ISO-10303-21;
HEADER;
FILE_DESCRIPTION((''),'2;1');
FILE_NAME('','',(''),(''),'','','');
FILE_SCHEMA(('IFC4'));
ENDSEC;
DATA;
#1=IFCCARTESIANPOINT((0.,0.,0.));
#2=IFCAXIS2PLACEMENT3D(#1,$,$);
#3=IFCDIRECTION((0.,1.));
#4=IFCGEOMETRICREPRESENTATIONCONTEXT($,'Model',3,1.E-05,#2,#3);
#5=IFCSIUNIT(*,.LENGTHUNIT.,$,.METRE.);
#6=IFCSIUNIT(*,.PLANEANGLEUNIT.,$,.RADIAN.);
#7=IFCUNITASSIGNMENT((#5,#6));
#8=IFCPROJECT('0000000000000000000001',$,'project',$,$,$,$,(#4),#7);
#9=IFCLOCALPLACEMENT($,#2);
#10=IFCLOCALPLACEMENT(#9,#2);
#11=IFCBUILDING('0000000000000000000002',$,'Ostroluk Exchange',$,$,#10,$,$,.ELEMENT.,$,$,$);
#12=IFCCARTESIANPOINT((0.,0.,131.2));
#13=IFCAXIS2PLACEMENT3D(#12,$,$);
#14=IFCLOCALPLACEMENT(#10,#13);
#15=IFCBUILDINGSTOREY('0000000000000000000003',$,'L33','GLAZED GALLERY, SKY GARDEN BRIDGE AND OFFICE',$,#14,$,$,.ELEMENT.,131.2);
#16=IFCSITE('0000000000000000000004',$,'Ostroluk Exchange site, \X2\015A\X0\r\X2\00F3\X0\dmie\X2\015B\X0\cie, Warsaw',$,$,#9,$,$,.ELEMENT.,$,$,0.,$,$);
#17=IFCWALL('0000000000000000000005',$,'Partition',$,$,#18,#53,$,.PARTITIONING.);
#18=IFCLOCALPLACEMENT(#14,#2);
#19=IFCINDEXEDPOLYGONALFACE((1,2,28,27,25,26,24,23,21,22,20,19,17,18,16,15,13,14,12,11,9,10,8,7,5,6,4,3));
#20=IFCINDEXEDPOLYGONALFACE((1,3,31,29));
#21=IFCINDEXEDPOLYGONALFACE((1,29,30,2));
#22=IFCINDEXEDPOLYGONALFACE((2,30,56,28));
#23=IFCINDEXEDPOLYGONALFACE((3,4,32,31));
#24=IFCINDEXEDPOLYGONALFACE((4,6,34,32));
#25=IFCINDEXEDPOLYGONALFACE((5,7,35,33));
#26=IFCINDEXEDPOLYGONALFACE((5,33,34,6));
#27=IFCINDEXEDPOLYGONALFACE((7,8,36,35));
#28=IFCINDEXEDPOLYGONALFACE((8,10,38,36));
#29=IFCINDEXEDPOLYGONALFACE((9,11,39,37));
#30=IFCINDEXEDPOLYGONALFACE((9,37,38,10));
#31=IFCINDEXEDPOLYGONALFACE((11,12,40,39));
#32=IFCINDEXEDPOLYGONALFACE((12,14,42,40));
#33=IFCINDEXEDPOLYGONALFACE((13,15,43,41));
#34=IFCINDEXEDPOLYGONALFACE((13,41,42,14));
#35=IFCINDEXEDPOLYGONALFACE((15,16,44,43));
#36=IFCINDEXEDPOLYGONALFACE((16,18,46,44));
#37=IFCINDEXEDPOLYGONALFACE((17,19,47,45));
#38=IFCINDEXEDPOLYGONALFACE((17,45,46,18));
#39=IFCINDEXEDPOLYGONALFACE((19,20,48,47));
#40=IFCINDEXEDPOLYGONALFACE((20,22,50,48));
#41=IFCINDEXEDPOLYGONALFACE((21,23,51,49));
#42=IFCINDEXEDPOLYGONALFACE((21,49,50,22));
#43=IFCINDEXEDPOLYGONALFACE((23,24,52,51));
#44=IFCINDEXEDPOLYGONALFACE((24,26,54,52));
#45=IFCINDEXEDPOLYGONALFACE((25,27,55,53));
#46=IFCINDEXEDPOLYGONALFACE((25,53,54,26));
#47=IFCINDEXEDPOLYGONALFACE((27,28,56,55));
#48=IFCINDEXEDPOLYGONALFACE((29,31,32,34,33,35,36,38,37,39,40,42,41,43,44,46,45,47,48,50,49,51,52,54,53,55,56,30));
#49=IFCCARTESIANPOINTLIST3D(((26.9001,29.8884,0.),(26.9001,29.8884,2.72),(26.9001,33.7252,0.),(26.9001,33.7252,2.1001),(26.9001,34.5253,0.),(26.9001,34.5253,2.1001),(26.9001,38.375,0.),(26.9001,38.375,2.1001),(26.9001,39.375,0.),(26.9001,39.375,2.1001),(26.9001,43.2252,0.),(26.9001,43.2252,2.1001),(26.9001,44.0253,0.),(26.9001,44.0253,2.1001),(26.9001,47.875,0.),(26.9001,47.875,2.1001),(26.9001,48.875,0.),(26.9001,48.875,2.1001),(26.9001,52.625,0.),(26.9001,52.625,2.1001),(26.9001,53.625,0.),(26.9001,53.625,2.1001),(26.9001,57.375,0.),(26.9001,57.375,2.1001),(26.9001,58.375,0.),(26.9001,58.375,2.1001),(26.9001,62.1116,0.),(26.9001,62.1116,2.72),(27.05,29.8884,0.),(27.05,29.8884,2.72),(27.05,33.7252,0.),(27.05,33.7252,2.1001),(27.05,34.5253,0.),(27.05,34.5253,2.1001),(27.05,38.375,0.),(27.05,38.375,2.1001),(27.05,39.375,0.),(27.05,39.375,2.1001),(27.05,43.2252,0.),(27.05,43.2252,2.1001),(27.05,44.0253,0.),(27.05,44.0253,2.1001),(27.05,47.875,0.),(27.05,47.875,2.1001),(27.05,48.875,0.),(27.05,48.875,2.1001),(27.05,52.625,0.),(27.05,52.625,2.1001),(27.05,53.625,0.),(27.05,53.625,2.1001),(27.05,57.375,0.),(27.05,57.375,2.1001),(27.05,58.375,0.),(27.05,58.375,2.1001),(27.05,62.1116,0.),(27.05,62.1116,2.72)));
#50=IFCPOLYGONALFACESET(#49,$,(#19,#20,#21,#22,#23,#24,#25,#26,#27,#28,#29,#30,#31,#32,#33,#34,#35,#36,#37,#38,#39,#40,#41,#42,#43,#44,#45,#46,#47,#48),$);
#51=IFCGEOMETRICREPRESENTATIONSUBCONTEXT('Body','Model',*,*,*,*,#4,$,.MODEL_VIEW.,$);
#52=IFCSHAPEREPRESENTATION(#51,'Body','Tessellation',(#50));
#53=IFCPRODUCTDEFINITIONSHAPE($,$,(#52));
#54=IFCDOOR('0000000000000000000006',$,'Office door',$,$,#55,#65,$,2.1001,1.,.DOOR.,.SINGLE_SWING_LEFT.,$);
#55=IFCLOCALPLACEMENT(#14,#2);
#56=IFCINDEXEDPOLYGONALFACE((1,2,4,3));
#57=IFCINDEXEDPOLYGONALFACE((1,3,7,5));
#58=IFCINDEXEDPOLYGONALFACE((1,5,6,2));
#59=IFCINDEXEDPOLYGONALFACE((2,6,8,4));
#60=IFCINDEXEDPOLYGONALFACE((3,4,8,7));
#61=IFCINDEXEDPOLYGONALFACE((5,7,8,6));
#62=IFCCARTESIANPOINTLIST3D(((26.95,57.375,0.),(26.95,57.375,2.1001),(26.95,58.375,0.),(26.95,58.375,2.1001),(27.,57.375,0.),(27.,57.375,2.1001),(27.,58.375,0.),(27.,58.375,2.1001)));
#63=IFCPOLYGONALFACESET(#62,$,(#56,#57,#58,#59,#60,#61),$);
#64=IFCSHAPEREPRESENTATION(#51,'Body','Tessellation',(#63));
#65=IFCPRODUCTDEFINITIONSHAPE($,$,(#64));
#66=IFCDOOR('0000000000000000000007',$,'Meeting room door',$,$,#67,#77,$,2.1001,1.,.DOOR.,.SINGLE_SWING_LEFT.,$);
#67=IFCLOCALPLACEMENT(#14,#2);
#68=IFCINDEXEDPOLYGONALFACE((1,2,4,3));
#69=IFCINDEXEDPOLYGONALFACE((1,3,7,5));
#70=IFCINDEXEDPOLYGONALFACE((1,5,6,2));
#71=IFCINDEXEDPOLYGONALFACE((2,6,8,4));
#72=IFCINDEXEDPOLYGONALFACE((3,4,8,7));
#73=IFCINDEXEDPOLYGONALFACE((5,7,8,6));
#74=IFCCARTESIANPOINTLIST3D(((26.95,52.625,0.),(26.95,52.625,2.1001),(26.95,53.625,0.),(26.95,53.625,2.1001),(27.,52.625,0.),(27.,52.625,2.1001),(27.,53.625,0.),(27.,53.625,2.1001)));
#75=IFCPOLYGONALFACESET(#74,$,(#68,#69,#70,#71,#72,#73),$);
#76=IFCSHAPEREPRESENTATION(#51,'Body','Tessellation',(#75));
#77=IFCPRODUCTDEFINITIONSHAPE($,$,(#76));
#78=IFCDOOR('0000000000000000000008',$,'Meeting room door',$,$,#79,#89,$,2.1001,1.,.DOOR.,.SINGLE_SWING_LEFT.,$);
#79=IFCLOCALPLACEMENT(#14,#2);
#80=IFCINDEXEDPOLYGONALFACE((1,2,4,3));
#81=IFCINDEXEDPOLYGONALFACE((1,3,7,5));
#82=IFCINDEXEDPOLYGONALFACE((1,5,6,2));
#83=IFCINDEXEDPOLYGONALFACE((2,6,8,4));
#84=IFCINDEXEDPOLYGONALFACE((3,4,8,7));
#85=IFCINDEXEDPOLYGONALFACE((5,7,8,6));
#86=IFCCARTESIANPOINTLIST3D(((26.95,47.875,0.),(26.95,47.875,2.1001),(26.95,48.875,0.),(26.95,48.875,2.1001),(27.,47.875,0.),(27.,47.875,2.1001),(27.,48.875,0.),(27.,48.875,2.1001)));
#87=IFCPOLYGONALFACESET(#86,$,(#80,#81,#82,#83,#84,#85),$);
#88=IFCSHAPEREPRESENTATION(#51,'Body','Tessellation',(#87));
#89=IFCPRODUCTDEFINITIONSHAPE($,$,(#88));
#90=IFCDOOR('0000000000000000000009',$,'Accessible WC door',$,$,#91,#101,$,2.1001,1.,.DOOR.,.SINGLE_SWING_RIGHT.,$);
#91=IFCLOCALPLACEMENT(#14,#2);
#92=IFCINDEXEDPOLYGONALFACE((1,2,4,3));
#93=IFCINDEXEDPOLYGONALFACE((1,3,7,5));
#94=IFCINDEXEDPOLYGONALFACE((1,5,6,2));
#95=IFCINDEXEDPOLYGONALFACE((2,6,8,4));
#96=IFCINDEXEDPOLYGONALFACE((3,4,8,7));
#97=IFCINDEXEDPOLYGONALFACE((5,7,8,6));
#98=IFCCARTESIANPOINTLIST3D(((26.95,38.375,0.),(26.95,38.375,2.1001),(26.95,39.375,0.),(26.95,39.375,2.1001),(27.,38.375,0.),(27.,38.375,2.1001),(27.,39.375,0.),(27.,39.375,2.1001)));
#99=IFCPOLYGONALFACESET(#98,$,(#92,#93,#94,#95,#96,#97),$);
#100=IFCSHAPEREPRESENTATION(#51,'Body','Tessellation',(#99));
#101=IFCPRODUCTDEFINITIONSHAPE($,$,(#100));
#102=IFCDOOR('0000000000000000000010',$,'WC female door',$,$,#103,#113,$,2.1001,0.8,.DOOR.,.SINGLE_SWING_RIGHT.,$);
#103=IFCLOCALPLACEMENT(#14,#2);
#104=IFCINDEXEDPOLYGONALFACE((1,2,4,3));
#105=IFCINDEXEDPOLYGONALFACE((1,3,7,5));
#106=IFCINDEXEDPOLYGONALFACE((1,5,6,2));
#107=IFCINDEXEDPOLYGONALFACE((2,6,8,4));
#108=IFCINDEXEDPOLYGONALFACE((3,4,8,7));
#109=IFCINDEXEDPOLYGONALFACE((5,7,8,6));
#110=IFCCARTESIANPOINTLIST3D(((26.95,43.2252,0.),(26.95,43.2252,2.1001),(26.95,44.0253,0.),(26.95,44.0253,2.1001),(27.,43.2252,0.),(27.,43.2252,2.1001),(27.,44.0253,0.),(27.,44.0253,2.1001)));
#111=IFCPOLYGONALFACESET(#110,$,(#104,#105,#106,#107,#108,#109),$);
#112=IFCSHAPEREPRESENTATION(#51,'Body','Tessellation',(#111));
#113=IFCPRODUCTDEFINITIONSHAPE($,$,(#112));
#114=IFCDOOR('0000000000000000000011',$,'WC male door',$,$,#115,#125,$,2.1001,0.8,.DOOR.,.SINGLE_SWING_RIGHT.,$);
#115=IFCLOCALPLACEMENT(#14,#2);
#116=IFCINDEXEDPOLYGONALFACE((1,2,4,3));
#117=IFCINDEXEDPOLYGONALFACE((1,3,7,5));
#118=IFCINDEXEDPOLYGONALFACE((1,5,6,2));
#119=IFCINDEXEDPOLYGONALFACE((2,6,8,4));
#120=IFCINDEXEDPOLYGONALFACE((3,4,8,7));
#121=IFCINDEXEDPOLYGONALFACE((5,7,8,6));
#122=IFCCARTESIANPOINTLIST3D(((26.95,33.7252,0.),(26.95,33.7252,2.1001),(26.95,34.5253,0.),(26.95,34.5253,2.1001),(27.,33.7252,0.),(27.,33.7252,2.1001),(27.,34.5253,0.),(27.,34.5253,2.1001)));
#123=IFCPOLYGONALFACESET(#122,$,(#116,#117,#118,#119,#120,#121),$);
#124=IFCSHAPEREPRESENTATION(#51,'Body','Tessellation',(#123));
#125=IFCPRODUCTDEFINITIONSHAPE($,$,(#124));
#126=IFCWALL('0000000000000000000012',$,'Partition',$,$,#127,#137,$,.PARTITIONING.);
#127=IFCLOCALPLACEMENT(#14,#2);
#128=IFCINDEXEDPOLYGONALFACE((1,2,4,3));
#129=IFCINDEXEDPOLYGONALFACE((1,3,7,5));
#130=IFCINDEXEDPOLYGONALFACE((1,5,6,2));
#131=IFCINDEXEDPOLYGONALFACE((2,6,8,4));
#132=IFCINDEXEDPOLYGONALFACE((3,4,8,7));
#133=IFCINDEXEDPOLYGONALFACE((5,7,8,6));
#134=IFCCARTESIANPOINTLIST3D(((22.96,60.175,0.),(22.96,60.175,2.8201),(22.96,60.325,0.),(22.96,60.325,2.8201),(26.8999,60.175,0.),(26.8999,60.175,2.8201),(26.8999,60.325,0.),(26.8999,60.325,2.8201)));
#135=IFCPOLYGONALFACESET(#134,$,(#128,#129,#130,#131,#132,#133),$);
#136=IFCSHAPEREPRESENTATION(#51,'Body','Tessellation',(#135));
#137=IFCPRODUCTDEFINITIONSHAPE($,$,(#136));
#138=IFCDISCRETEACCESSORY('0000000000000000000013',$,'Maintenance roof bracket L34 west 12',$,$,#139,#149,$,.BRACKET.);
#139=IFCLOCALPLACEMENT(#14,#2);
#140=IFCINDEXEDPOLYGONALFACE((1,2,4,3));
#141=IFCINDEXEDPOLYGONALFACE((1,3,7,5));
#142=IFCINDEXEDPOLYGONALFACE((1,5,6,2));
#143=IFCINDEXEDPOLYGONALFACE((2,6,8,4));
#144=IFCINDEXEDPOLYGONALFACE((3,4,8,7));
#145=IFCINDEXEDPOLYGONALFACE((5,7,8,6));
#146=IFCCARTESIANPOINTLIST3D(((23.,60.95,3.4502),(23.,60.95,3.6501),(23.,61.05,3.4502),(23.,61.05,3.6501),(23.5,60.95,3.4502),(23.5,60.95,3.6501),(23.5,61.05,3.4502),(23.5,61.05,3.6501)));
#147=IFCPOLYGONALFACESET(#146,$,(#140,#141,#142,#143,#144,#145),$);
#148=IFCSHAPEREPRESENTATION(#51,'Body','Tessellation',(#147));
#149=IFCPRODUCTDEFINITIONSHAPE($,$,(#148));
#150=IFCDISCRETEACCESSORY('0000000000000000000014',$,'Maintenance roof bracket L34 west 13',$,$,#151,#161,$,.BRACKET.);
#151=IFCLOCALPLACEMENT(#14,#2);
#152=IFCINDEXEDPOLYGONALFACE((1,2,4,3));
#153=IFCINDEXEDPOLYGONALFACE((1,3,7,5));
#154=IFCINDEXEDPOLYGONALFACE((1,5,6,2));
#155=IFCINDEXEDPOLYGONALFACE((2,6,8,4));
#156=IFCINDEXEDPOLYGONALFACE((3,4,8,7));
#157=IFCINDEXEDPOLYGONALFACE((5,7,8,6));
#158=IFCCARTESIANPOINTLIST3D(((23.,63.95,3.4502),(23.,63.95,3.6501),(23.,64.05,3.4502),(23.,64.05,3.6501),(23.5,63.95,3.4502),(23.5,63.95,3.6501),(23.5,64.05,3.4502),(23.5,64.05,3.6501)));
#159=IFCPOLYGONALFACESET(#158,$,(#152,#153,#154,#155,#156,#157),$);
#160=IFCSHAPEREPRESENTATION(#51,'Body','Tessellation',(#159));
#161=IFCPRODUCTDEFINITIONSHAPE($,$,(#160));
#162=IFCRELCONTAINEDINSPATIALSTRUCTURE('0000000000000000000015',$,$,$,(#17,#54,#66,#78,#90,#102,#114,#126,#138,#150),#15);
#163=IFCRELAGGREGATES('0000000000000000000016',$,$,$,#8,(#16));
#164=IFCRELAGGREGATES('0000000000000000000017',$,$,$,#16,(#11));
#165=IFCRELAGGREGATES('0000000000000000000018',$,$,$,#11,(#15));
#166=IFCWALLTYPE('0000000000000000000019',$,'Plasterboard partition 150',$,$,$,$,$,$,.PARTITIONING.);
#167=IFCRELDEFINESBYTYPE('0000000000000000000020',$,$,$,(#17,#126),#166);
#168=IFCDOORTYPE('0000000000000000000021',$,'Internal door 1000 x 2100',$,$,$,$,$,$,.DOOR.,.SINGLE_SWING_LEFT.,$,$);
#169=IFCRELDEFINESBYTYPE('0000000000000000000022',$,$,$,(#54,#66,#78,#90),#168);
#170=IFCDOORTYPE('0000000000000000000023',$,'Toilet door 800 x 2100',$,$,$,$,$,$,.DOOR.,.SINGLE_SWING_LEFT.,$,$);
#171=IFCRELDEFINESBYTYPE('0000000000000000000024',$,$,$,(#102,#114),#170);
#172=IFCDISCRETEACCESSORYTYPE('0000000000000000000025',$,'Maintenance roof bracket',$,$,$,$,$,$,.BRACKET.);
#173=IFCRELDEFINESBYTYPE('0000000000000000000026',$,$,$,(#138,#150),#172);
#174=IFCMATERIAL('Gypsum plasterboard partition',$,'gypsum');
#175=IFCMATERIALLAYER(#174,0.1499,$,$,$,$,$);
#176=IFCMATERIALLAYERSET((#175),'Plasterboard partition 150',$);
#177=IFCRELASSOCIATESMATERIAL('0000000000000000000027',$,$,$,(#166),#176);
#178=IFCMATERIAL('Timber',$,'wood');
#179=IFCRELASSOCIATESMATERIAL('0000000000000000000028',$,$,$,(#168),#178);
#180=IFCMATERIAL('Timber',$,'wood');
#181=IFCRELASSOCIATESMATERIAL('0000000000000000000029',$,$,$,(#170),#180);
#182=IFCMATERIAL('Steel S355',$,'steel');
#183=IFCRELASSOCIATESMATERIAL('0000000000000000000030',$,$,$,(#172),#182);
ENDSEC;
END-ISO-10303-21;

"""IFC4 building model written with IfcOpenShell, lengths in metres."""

from ifc_helpers import new_model, si_unit, direction, frame, frame_2d, origin, origin_2d, place, context, subcontext, project, spatial, rectangle, extrude, material, layer, layer_set, type_object, element, fill, save


model = new_model("IFC4")

# Units and contexts
model_context = context("Model", 3, precision=1e-05, world=origin(), true_north=direction((0.0, 1.0)))
body_context = subcontext(model_context, "Body", "Model", "MODEL_VIEW")
ifc_project = project(units=[si_unit("LENGTHUNIT", "METRE"), si_unit("PLANEANGLEUNIT", "RADIAN")], contexts=[model_context])

# Site, building, storey
site_placement = place(None, origin())
site = spatial("IfcSite", under=ifc_project, at=site_placement, Name="Ostroluk Exchange site, Śródmieście, Warsaw", CompositionType="ELEMENT", RefElevation=0.0)
building_placement = place(site_placement, origin())
building = spatial("IfcBuilding", under=site, at=building_placement, Name="Ostroluk Exchange", CompositionType="ELEMENT")
storey_placement = place(building_placement, frame((0.0, 0.0, 131.2)))
storey = spatial("IfcBuildingStorey", under=building, at=storey_placement, Name="L33", Description="GLAZED GALLERY, SKY GARDEN BRIDGE AND OFFICE", CompositionType="ELEMENT", Elevation=131.2)

# Wall, openings, doors
ifc_material_1 = material(Name="Gypsum plasterboard partition", Category="gypsum")
ifc_layer_1 = layer(ifc_material_1, 0.1499)
ifc_layer_set_1 = layer_set([ifc_layer_1], Name="Plasterboard partition 150")
wall_type_1 = type_object("IfcWallType", Name="Plasterboard partition 150", PredefinedType="PARTITIONING", material=ifc_layer_set_1)
wall_1_placement = place(storey_placement, frame((26.9751, 62.1116, 0.0), z_axis=(0.0, 0.0, 1.0), x_axis=(0.0, -1.0, 0.0)))
wall_1 = element("IfcWall", 1, at=wall_1_placement, inside=storey, type_object=wall_type_1, Name="Partition", PredefinedType="PARTITIONING", context=body_context, shape_type="SweptSolid", body=[
    extrude(rectangle(XDim=32.2231, YDim=0.1499, at=frame_2d((16.1116, 0.0))), origin(), (0.0, 0.0, 1.0), 2.72),
])
opening_1_placement = place(wall_1_placement, frame((3.7366, 0.0, 0.0)))
opening_1 = element("IfcOpeningElement", 2, at=opening_1_placement, cuts=wall_1, PredefinedType="OPENING", context=body_context, shape_type="SweptSolid", body=[
    extrude(rectangle(XDim=1.0, YDim=2.1001, at=frame_2d((0.5, 1.05))), frame((0.0, 0.085, 0.0), z_axis=(0.0, -1.0, 0.0), x_axis=(1.0, 0.0, 0.0)), (0.0, 0.0, 1.0), 0.1699),
])
opening_2_placement = place(wall_1_placement, frame((8.4866, 0.0, 0.0)))
opening_2 = element("IfcOpeningElement", 3, at=opening_2_placement, cuts=wall_1, PredefinedType="OPENING", context=body_context, shape_type="SweptSolid", body=[
    extrude(rectangle(XDim=1.0, YDim=2.1001, at=frame_2d((0.5, 1.05))), frame((0.0, 0.085, 0.0), z_axis=(0.0, -1.0, 0.0), x_axis=(1.0, 0.0, 0.0)), (0.0, 0.0, 1.0), 0.1699),
])
opening_3_placement = place(wall_1_placement, frame((13.2366, 0.0, 0.0)))
opening_3 = element("IfcOpeningElement", 4, at=opening_3_placement, cuts=wall_1, PredefinedType="OPENING", context=body_context, shape_type="SweptSolid", body=[
    extrude(rectangle(XDim=1.0, YDim=2.1001, at=frame_2d((0.5, 1.05))), frame((0.0, 0.085, 0.0), z_axis=(0.0, -1.0, 0.0), x_axis=(1.0, 0.0, 0.0)), (0.0, 0.0, 1.0), 0.1699),
])
opening_4_placement = place(wall_1_placement, frame((18.0864, 0.0, 0.0)))
opening_4 = element("IfcOpeningElement", 5, at=opening_4_placement, cuts=wall_1, PredefinedType="OPENING", context=body_context, shape_type="SweptSolid", body=[
    extrude(rectangle(XDim=0.8, YDim=2.1001, at=frame_2d((0.3999, 1.05))), frame((0.0, 0.085, 0.0), z_axis=(0.0, -1.0, 0.0), x_axis=(1.0, 0.0, 0.0)), (0.0, 0.0, 1.0), 0.1699),
])
opening_5_placement = place(wall_1_placement, frame((22.7366, 0.0, 0.0)))
opening_5 = element("IfcOpeningElement", 6, at=opening_5_placement, cuts=wall_1, PredefinedType="OPENING", context=body_context, shape_type="SweptSolid", body=[
    extrude(rectangle(XDim=1.0, YDim=2.1001, at=frame_2d((0.5, 1.05))), frame((0.0, 0.085, 0.0), z_axis=(0.0, -1.0, 0.0), x_axis=(1.0, 0.0, 0.0)), (0.0, 0.0, 1.0), 0.1699),
])
opening_6_placement = place(wall_1_placement, frame((27.5864, 0.0, 0.0)))
opening_6 = element("IfcOpeningElement", 7, at=opening_6_placement, cuts=wall_1, PredefinedType="OPENING", context=body_context, shape_type="SweptSolid", body=[
    extrude(rectangle(XDim=0.8, YDim=2.1001, at=frame_2d((0.3999, 1.05))), frame((0.0, 0.085, 0.0), z_axis=(0.0, -1.0, 0.0), x_axis=(1.0, 0.0, 0.0)), (0.0, 0.0, 1.0), 0.1699),
])
ifc_material_2 = material(Name="Timber", Category="wood")
door_type_1 = type_object("IfcDoorType", Name="Internal door 1000 x 2100", OperationType="SINGLE_SWING_LEFT", PredefinedType="DOOR", material=ifc_material_2)
door_1_placement = place(opening_1_placement, origin())
door_1 = element("IfcDoor", 8, at=door_1_placement, inside=storey, type_object=door_type_1, Name="Office door", OperationType="SINGLE_SWING_LEFT", OverallHeight=2.1001, OverallWidth=1.0, PredefinedType="DOOR", context=body_context, shape_type="SweptSolid", body=[
    extrude(rectangle(XDim=1.0, YDim=2.1001, at=frame_2d((0.5, 1.05))), frame((0.0, 0.0249, 0.0), z_axis=(0.0, -1.0, 0.0), x_axis=(1.0, 0.0, 0.0)), (0.0, 0.0, 1.0), 0.05),
])
fill(opening_1, door_1)
door_2_placement = place(opening_2_placement, origin())
door_2 = element("IfcDoor", 9, at=door_2_placement, inside=storey, type_object=door_type_1, Name="Meeting room door", OperationType="SINGLE_SWING_LEFT", OverallHeight=2.1001, OverallWidth=1.0, PredefinedType="DOOR", context=body_context, shape_type="SweptSolid", body=[
    extrude(rectangle(XDim=1.0, YDim=2.1001, at=frame_2d((0.5, 1.05))), frame((0.0, 0.0249, 0.0), z_axis=(0.0, -1.0, 0.0), x_axis=(1.0, 0.0, 0.0)), (0.0, 0.0, 1.0), 0.05),
])
fill(opening_2, door_2)
door_3_placement = place(opening_3_placement, origin())
door_3 = element("IfcDoor", 10, at=door_3_placement, inside=storey, type_object=door_type_1, Name="Meeting room door", OperationType="SINGLE_SWING_LEFT", OverallHeight=2.1001, OverallWidth=1.0, PredefinedType="DOOR", context=body_context, shape_type="SweptSolid", body=[
    extrude(rectangle(XDim=1.0, YDim=2.1001, at=frame_2d((0.5, 1.05))), frame((0.0, 0.0249, 0.0), z_axis=(0.0, -1.0, 0.0), x_axis=(1.0, 0.0, 0.0)), (0.0, 0.0, 1.0), 0.05),
])
fill(opening_3, door_3)
door_4_placement = place(opening_5_placement, origin())
door_4 = element("IfcDoor", 11, at=door_4_placement, inside=storey, type_object=door_type_1, Name="Accessible WC door", OperationType="SINGLE_SWING_RIGHT", OverallHeight=2.1001, OverallWidth=1.0, PredefinedType="DOOR", context=body_context, shape_type="SweptSolid", body=[
    extrude(rectangle(XDim=1.0, YDim=2.1001, at=frame_2d((0.5, 1.05))), frame((0.0, 0.0249, 0.0), z_axis=(0.0, -1.0, 0.0), x_axis=(1.0, 0.0, 0.0)), (0.0, 0.0, 1.0), 0.05),
])
fill(opening_5, door_4)
ifc_material_3 = material(Name="Timber", Category="wood")
door_type_2 = type_object("IfcDoorType", Name="Toilet door 800 x 2100", OperationType="SINGLE_SWING_LEFT", PredefinedType="DOOR", material=ifc_material_3)
door_5_placement = place(opening_4_placement, origin())
door_5 = element("IfcDoor", 12, at=door_5_placement, inside=storey, type_object=door_type_2, Name="WC female door", OperationType="SINGLE_SWING_RIGHT", OverallHeight=2.1001, OverallWidth=0.8, PredefinedType="DOOR", context=body_context, shape_type="SweptSolid", body=[
    extrude(rectangle(XDim=0.8, YDim=2.1001, at=frame_2d((0.3999, 1.05))), frame((0.0, 0.0249, 0.0), z_axis=(0.0, -1.0, 0.0), x_axis=(1.0, 0.0, 0.0)), (0.0, 0.0, 1.0), 0.05),
])
fill(opening_4, door_5)
door_6_placement = place(opening_6_placement, origin())
door_6 = element("IfcDoor", 13, at=door_6_placement, inside=storey, type_object=door_type_2, Name="WC male door", OperationType="SINGLE_SWING_RIGHT", OverallHeight=2.1001, OverallWidth=0.8, PredefinedType="DOOR", context=body_context, shape_type="SweptSolid", body=[
    extrude(rectangle(XDim=0.8, YDim=2.1001, at=frame_2d((0.3999, 1.05))), frame((0.0, 0.0249, 0.0), z_axis=(0.0, -1.0, 0.0), x_axis=(1.0, 0.0, 0.0)), (0.0, 0.0, 1.0), 0.05),
])
fill(opening_6, door_6)

# Wall
wall_2_placement = place(storey_placement, frame((26.8999, 60.25, 0.0), z_axis=(0.0, 0.0, 1.0), x_axis=(-1.0, 0.0, 0.0)))
element("IfcWall", 14, at=wall_2_placement, inside=storey, type_object=wall_type_1, Name="Partition", PredefinedType="PARTITIONING", context=body_context, shape_type="SweptSolid", body=[
    extrude(rectangle(XDim=3.9399, YDim=0.1499, at=frame_2d((1.97, 0.0))), origin(), (0.0, 0.0, 1.0), 2.8201),
])

# Discrete accessories
ifc_material_4 = material(Name="Steel S355", Category="steel")
discrete_accessory_type = type_object("IfcDiscreteAccessoryType", Name="Maintenance roof bracket", PredefinedType="BRACKET", material=ifc_material_4)
for number, where, z_axis, x_axis, name in (
    (15, (23.25, 61.0, 3.4502), (0.0, 0.0, 1.0), (1.0, 0.0, 0.0), "Maintenance roof bracket L34 west 12"),
    (16, (23.25, 64.0, 3.4502), (0.0, 0.0, 1.0), (1.0, 0.0, 0.0), "Maintenance roof bracket L34 west 13"),
):
    element("IfcDiscreteAccessory", number, at=place(storey_placement, frame(where, z_axis=z_axis, x_axis=x_axis)), inside=storey, type_object=discrete_accessory_type, Name=name, PredefinedType="BRACKET", context=body_context, shape_type="SweptSolid", body=[
        extrude(rectangle(XDim=0.5, YDim=0.1001, at=origin_2d()), origin(), (0.0, 0.0, 1.0), 0.2),
    ])

save(model, "model.ifc")
